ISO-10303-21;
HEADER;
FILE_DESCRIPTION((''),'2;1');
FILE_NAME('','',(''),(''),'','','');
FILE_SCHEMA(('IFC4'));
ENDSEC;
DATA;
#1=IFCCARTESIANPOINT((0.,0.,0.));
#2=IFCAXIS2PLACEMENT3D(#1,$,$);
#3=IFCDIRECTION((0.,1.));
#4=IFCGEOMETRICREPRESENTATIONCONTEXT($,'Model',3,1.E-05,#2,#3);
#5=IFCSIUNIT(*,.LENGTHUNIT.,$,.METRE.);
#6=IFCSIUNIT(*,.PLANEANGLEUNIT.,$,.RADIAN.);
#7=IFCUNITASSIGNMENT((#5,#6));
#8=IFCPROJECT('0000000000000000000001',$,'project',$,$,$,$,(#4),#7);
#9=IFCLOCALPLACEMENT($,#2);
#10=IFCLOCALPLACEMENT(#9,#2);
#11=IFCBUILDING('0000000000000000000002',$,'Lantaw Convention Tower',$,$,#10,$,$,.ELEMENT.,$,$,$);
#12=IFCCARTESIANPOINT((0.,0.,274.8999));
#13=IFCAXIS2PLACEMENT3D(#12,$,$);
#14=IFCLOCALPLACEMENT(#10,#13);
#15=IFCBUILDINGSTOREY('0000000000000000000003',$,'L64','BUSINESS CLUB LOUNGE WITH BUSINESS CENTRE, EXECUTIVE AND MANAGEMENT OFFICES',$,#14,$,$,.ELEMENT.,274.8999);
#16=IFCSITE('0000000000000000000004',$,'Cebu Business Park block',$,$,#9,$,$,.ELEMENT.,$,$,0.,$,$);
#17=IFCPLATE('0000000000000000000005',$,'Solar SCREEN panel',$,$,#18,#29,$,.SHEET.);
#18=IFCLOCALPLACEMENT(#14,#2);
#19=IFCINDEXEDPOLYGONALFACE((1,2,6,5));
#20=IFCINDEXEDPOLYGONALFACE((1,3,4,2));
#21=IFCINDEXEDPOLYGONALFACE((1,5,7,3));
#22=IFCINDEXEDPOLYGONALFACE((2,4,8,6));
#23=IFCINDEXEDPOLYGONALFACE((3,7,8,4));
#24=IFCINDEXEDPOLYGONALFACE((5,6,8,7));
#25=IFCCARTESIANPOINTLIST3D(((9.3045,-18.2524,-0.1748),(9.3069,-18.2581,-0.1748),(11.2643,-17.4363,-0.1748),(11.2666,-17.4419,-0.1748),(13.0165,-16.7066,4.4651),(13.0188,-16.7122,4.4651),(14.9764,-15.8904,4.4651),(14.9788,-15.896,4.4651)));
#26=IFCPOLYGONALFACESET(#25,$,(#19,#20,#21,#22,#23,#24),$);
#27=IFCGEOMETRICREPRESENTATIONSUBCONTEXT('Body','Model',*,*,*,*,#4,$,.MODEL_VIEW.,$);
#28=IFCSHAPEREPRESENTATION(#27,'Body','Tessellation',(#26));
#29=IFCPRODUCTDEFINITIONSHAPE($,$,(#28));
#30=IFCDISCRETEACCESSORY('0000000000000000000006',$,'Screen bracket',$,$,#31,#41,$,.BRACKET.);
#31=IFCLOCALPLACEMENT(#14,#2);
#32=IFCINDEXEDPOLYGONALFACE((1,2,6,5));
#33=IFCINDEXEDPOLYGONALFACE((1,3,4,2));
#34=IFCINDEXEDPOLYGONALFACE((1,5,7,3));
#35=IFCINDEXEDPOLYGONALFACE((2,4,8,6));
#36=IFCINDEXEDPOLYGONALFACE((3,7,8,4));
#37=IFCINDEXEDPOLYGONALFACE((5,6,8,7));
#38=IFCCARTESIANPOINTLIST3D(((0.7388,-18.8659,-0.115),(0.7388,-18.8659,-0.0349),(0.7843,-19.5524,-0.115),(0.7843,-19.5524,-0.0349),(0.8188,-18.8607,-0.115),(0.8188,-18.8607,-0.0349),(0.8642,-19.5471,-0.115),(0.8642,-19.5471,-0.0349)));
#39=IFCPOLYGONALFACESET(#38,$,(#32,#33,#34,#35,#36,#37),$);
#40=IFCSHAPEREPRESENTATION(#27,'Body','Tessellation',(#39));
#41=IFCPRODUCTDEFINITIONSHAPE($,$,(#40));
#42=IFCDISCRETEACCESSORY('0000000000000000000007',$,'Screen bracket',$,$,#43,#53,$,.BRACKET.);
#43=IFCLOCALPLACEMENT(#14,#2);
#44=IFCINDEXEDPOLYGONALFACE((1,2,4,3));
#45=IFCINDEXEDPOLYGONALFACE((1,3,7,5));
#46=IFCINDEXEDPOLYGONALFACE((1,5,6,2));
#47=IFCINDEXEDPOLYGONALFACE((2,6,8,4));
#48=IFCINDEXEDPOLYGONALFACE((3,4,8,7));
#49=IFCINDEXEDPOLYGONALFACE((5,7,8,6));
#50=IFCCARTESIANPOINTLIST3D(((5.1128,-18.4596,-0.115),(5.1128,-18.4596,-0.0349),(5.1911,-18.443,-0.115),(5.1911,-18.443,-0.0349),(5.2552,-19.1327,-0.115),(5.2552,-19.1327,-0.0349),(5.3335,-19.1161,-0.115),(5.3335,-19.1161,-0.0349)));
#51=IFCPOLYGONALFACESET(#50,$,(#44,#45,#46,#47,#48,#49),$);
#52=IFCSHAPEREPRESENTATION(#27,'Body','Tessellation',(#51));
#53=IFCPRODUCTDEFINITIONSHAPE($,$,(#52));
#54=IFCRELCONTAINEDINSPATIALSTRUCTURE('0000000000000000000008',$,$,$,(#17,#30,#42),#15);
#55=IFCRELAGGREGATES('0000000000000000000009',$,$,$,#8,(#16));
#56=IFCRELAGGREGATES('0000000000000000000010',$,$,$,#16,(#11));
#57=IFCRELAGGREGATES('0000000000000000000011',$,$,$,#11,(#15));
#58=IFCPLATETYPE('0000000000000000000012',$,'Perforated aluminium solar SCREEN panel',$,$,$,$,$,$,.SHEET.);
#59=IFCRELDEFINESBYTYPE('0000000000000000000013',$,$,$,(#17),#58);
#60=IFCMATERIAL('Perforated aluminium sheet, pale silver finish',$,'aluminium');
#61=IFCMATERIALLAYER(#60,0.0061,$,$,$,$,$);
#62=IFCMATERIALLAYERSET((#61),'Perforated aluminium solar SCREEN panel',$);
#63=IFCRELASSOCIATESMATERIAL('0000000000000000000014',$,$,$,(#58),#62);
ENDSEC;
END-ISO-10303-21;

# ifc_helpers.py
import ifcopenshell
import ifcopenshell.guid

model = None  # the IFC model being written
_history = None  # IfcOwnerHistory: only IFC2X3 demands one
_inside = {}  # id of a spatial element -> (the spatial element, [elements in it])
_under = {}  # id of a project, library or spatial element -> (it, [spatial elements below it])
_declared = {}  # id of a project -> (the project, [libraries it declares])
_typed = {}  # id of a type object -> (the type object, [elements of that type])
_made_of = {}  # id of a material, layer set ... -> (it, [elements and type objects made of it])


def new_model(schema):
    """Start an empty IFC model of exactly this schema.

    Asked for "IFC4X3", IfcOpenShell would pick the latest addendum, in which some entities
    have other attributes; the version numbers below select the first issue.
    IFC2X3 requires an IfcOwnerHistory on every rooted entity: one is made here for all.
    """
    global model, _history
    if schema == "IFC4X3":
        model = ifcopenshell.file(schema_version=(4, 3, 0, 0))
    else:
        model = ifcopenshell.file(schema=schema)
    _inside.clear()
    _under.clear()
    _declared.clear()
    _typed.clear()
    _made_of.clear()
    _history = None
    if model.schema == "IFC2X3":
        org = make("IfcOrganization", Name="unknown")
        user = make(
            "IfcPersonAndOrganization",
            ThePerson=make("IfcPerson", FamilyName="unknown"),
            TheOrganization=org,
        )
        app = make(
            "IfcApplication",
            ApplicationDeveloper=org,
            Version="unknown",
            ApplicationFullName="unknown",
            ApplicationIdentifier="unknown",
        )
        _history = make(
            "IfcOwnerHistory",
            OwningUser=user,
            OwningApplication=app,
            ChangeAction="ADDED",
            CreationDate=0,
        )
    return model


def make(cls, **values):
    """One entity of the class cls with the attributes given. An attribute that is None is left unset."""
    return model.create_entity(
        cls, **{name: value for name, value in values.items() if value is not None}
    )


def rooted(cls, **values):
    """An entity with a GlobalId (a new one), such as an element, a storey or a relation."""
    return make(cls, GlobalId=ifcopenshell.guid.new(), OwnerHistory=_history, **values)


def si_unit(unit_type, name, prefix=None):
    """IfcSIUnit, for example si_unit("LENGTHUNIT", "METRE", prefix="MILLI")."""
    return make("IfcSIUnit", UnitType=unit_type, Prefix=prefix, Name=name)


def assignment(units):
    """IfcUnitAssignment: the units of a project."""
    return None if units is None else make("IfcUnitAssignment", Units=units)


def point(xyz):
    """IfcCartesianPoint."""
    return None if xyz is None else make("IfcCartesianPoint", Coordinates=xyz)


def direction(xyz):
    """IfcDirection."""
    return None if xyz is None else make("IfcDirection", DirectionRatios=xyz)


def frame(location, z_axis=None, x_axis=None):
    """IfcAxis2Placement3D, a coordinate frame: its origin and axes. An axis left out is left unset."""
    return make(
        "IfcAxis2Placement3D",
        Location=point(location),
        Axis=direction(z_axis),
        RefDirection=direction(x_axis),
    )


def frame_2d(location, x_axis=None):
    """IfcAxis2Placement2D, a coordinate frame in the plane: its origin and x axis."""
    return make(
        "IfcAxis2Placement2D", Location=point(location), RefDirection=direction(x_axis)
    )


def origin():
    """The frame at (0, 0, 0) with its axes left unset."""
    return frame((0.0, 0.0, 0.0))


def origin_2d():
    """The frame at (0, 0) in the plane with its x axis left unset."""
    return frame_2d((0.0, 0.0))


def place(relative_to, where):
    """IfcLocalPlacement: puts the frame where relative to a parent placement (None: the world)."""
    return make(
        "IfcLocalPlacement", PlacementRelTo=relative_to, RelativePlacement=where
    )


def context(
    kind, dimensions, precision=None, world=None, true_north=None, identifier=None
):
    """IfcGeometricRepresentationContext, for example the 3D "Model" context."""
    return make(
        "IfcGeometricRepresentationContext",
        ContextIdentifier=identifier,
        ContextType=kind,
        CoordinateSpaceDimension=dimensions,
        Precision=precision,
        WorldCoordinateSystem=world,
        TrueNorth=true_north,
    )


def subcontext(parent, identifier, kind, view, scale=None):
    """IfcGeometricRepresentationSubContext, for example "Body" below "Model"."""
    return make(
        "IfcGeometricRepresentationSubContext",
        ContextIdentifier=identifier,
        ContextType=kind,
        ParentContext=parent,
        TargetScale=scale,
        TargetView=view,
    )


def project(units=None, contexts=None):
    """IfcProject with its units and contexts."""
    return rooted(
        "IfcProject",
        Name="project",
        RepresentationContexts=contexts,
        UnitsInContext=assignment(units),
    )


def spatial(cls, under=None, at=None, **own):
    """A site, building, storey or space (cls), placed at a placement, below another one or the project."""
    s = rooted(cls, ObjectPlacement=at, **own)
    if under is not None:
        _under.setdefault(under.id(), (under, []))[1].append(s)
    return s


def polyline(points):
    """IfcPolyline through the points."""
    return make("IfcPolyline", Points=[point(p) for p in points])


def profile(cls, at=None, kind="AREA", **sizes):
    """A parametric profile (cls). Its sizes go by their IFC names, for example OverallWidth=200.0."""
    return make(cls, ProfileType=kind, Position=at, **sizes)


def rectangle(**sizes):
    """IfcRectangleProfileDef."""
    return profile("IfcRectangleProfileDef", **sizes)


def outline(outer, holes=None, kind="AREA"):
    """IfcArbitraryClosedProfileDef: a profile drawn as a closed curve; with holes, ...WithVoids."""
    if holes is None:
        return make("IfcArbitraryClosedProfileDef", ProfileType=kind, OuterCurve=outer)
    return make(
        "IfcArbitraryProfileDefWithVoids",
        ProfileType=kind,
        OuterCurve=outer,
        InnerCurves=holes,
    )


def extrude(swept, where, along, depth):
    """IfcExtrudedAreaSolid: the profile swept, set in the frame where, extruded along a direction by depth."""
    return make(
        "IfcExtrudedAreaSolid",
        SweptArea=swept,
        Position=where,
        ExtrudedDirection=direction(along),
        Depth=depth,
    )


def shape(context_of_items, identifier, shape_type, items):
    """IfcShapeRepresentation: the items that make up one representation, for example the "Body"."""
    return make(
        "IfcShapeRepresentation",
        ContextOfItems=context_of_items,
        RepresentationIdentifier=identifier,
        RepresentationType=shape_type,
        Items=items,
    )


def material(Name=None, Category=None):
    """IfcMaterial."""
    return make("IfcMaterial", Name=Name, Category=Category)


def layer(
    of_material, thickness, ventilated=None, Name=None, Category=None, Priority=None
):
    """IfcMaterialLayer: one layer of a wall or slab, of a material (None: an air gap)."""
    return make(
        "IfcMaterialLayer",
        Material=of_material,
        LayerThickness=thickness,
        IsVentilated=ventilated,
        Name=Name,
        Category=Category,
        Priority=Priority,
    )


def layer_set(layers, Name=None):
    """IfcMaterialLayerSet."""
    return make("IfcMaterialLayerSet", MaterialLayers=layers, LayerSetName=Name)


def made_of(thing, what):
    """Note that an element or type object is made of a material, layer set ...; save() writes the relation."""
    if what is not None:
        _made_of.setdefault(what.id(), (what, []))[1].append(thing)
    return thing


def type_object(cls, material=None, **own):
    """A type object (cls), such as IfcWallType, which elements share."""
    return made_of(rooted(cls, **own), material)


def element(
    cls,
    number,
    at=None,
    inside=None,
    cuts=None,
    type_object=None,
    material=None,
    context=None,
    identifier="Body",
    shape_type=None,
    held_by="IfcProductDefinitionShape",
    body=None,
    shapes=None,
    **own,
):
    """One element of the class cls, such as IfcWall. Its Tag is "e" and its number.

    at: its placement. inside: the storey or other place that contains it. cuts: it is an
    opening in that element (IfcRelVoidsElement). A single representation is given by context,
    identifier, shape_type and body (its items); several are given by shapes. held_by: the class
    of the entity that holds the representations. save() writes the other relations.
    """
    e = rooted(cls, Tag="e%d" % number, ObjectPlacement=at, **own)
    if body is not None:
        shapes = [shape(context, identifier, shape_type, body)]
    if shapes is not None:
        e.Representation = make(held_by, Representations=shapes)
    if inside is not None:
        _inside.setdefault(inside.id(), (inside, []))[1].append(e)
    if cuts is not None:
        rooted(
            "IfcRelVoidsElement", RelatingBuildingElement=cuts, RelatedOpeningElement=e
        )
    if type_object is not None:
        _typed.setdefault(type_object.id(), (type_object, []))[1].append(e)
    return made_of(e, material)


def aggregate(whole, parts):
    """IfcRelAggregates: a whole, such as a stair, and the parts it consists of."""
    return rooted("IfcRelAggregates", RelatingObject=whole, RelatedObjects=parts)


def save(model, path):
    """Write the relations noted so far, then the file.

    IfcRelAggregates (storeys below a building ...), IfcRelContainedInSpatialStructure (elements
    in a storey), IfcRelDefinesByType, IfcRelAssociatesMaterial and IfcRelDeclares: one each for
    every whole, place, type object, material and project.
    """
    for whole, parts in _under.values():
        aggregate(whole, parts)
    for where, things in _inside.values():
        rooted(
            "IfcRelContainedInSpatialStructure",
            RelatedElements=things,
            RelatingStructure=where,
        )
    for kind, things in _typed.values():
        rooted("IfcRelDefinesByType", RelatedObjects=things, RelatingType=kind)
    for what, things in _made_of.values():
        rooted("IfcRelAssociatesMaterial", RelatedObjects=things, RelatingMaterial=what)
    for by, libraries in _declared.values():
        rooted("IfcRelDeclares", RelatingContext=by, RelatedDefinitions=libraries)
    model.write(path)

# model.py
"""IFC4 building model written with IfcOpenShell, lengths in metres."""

from ifc_helpers import new_model, si_unit, direction, frame, origin, origin_2d, place, context, subcontext, project, spatial, polyline, rectangle, outline, extrude, material, layer, layer_set, type_object, element, save


model = new_model("IFC4")

# Units and contexts
model_context = context("Model", 3, precision=1e-05, world=origin(), true_north=direction((0.0, 1.0)))
body_context = subcontext(model_context, "Body", "Model", "MODEL_VIEW")
ifc_project = project(units=[si_unit("LENGTHUNIT", "METRE"), si_unit("PLANEANGLEUNIT", "RADIAN")], contexts=[model_context])

# Site, building, storey
site_placement = place(None, origin())
site = spatial("IfcSite", under=ifc_project, at=site_placement, Name="Cebu Business Park block", CompositionType="ELEMENT", RefElevation=0.0)
building_placement = place(site_placement, origin())
building = spatial("IfcBuilding", under=site, at=building_placement, Name="Lantaw Convention Tower", CompositionType="ELEMENT")
storey_placement = place(building_placement, frame((0.0, 0.0, 274.8999)))
storey = spatial("IfcBuildingStorey", under=building, at=storey_placement, Name="L64", Description="BUSINESS CLUB LOUNGE WITH BUSINESS CENTRE, EXECUTIVE AND MANAGEMENT OFFICES", CompositionType="ELEMENT", Elevation=274.8999)

# Plate
ifc_material_1 = material(Name="Perforated aluminium sheet, pale silver finish", Category="aluminium")
ifc_layer_1 = layer(ifc_material_1, 0.0061)
ifc_layer_set_1 = layer_set([ifc_layer_1], Name="Perforated aluminium solar SCREEN panel")
plate_type_1 = type_object("IfcPlateType", Name="Perforated aluminium solar SCREEN panel", PredefinedType="SHEET", material=ifc_layer_set_1)
plate_1_placement = place(storey_placement, frame((9.3069, -18.2581, -0.1748), z_axis=(0.38444, -0.92315, 0.000009), x_axis=(0.92315, 0.38444, 0.0)))
element("IfcPlate", 1, at=plate_1_placement, inside=storey, type_object=plate_type_1, Name="Solar SCREEN panel", PredefinedType="SHEET", context=body_context, shape_type="SweptSolid", body=[
    extrude(outline(polyline([(0.0, 0.0), (2.1229, 0.0), (6.1441, 4.6399), (4.021, 4.6399), (0.0, 0.0)])), origin(), (0.0, 0.0, -1.0), 0.0061),
])

# Discrete accessories
for number, where, z_axis, x_axis, name in (
    (2, (0.8015, -19.2065, -0.115), (0.0, 0.0, 1.0), (0.997818, 0.066025, 0.0), "Screen bracket"),
    (3, (5.2231, -18.7878, -0.115), (0.0, 0.0, 1.0), (0.978332, 0.20704, 0.0), "Screen bracket"),
):
    element("IfcDiscreteAccessory", number, at=place(storey_placement, frame(where, z_axis=z_axis, x_axis=x_axis)), inside=storey, Name=name, PredefinedType="BRACKET", context=body_context, shape_type="SweptSolid", body=[
        extrude(rectangle(XDim=0.0801, YDim=0.688, at=origin_2d()), origin(), (0.0, 0.0, 1.0), 0.0801),
    ])

save(model, "model.ifc")
